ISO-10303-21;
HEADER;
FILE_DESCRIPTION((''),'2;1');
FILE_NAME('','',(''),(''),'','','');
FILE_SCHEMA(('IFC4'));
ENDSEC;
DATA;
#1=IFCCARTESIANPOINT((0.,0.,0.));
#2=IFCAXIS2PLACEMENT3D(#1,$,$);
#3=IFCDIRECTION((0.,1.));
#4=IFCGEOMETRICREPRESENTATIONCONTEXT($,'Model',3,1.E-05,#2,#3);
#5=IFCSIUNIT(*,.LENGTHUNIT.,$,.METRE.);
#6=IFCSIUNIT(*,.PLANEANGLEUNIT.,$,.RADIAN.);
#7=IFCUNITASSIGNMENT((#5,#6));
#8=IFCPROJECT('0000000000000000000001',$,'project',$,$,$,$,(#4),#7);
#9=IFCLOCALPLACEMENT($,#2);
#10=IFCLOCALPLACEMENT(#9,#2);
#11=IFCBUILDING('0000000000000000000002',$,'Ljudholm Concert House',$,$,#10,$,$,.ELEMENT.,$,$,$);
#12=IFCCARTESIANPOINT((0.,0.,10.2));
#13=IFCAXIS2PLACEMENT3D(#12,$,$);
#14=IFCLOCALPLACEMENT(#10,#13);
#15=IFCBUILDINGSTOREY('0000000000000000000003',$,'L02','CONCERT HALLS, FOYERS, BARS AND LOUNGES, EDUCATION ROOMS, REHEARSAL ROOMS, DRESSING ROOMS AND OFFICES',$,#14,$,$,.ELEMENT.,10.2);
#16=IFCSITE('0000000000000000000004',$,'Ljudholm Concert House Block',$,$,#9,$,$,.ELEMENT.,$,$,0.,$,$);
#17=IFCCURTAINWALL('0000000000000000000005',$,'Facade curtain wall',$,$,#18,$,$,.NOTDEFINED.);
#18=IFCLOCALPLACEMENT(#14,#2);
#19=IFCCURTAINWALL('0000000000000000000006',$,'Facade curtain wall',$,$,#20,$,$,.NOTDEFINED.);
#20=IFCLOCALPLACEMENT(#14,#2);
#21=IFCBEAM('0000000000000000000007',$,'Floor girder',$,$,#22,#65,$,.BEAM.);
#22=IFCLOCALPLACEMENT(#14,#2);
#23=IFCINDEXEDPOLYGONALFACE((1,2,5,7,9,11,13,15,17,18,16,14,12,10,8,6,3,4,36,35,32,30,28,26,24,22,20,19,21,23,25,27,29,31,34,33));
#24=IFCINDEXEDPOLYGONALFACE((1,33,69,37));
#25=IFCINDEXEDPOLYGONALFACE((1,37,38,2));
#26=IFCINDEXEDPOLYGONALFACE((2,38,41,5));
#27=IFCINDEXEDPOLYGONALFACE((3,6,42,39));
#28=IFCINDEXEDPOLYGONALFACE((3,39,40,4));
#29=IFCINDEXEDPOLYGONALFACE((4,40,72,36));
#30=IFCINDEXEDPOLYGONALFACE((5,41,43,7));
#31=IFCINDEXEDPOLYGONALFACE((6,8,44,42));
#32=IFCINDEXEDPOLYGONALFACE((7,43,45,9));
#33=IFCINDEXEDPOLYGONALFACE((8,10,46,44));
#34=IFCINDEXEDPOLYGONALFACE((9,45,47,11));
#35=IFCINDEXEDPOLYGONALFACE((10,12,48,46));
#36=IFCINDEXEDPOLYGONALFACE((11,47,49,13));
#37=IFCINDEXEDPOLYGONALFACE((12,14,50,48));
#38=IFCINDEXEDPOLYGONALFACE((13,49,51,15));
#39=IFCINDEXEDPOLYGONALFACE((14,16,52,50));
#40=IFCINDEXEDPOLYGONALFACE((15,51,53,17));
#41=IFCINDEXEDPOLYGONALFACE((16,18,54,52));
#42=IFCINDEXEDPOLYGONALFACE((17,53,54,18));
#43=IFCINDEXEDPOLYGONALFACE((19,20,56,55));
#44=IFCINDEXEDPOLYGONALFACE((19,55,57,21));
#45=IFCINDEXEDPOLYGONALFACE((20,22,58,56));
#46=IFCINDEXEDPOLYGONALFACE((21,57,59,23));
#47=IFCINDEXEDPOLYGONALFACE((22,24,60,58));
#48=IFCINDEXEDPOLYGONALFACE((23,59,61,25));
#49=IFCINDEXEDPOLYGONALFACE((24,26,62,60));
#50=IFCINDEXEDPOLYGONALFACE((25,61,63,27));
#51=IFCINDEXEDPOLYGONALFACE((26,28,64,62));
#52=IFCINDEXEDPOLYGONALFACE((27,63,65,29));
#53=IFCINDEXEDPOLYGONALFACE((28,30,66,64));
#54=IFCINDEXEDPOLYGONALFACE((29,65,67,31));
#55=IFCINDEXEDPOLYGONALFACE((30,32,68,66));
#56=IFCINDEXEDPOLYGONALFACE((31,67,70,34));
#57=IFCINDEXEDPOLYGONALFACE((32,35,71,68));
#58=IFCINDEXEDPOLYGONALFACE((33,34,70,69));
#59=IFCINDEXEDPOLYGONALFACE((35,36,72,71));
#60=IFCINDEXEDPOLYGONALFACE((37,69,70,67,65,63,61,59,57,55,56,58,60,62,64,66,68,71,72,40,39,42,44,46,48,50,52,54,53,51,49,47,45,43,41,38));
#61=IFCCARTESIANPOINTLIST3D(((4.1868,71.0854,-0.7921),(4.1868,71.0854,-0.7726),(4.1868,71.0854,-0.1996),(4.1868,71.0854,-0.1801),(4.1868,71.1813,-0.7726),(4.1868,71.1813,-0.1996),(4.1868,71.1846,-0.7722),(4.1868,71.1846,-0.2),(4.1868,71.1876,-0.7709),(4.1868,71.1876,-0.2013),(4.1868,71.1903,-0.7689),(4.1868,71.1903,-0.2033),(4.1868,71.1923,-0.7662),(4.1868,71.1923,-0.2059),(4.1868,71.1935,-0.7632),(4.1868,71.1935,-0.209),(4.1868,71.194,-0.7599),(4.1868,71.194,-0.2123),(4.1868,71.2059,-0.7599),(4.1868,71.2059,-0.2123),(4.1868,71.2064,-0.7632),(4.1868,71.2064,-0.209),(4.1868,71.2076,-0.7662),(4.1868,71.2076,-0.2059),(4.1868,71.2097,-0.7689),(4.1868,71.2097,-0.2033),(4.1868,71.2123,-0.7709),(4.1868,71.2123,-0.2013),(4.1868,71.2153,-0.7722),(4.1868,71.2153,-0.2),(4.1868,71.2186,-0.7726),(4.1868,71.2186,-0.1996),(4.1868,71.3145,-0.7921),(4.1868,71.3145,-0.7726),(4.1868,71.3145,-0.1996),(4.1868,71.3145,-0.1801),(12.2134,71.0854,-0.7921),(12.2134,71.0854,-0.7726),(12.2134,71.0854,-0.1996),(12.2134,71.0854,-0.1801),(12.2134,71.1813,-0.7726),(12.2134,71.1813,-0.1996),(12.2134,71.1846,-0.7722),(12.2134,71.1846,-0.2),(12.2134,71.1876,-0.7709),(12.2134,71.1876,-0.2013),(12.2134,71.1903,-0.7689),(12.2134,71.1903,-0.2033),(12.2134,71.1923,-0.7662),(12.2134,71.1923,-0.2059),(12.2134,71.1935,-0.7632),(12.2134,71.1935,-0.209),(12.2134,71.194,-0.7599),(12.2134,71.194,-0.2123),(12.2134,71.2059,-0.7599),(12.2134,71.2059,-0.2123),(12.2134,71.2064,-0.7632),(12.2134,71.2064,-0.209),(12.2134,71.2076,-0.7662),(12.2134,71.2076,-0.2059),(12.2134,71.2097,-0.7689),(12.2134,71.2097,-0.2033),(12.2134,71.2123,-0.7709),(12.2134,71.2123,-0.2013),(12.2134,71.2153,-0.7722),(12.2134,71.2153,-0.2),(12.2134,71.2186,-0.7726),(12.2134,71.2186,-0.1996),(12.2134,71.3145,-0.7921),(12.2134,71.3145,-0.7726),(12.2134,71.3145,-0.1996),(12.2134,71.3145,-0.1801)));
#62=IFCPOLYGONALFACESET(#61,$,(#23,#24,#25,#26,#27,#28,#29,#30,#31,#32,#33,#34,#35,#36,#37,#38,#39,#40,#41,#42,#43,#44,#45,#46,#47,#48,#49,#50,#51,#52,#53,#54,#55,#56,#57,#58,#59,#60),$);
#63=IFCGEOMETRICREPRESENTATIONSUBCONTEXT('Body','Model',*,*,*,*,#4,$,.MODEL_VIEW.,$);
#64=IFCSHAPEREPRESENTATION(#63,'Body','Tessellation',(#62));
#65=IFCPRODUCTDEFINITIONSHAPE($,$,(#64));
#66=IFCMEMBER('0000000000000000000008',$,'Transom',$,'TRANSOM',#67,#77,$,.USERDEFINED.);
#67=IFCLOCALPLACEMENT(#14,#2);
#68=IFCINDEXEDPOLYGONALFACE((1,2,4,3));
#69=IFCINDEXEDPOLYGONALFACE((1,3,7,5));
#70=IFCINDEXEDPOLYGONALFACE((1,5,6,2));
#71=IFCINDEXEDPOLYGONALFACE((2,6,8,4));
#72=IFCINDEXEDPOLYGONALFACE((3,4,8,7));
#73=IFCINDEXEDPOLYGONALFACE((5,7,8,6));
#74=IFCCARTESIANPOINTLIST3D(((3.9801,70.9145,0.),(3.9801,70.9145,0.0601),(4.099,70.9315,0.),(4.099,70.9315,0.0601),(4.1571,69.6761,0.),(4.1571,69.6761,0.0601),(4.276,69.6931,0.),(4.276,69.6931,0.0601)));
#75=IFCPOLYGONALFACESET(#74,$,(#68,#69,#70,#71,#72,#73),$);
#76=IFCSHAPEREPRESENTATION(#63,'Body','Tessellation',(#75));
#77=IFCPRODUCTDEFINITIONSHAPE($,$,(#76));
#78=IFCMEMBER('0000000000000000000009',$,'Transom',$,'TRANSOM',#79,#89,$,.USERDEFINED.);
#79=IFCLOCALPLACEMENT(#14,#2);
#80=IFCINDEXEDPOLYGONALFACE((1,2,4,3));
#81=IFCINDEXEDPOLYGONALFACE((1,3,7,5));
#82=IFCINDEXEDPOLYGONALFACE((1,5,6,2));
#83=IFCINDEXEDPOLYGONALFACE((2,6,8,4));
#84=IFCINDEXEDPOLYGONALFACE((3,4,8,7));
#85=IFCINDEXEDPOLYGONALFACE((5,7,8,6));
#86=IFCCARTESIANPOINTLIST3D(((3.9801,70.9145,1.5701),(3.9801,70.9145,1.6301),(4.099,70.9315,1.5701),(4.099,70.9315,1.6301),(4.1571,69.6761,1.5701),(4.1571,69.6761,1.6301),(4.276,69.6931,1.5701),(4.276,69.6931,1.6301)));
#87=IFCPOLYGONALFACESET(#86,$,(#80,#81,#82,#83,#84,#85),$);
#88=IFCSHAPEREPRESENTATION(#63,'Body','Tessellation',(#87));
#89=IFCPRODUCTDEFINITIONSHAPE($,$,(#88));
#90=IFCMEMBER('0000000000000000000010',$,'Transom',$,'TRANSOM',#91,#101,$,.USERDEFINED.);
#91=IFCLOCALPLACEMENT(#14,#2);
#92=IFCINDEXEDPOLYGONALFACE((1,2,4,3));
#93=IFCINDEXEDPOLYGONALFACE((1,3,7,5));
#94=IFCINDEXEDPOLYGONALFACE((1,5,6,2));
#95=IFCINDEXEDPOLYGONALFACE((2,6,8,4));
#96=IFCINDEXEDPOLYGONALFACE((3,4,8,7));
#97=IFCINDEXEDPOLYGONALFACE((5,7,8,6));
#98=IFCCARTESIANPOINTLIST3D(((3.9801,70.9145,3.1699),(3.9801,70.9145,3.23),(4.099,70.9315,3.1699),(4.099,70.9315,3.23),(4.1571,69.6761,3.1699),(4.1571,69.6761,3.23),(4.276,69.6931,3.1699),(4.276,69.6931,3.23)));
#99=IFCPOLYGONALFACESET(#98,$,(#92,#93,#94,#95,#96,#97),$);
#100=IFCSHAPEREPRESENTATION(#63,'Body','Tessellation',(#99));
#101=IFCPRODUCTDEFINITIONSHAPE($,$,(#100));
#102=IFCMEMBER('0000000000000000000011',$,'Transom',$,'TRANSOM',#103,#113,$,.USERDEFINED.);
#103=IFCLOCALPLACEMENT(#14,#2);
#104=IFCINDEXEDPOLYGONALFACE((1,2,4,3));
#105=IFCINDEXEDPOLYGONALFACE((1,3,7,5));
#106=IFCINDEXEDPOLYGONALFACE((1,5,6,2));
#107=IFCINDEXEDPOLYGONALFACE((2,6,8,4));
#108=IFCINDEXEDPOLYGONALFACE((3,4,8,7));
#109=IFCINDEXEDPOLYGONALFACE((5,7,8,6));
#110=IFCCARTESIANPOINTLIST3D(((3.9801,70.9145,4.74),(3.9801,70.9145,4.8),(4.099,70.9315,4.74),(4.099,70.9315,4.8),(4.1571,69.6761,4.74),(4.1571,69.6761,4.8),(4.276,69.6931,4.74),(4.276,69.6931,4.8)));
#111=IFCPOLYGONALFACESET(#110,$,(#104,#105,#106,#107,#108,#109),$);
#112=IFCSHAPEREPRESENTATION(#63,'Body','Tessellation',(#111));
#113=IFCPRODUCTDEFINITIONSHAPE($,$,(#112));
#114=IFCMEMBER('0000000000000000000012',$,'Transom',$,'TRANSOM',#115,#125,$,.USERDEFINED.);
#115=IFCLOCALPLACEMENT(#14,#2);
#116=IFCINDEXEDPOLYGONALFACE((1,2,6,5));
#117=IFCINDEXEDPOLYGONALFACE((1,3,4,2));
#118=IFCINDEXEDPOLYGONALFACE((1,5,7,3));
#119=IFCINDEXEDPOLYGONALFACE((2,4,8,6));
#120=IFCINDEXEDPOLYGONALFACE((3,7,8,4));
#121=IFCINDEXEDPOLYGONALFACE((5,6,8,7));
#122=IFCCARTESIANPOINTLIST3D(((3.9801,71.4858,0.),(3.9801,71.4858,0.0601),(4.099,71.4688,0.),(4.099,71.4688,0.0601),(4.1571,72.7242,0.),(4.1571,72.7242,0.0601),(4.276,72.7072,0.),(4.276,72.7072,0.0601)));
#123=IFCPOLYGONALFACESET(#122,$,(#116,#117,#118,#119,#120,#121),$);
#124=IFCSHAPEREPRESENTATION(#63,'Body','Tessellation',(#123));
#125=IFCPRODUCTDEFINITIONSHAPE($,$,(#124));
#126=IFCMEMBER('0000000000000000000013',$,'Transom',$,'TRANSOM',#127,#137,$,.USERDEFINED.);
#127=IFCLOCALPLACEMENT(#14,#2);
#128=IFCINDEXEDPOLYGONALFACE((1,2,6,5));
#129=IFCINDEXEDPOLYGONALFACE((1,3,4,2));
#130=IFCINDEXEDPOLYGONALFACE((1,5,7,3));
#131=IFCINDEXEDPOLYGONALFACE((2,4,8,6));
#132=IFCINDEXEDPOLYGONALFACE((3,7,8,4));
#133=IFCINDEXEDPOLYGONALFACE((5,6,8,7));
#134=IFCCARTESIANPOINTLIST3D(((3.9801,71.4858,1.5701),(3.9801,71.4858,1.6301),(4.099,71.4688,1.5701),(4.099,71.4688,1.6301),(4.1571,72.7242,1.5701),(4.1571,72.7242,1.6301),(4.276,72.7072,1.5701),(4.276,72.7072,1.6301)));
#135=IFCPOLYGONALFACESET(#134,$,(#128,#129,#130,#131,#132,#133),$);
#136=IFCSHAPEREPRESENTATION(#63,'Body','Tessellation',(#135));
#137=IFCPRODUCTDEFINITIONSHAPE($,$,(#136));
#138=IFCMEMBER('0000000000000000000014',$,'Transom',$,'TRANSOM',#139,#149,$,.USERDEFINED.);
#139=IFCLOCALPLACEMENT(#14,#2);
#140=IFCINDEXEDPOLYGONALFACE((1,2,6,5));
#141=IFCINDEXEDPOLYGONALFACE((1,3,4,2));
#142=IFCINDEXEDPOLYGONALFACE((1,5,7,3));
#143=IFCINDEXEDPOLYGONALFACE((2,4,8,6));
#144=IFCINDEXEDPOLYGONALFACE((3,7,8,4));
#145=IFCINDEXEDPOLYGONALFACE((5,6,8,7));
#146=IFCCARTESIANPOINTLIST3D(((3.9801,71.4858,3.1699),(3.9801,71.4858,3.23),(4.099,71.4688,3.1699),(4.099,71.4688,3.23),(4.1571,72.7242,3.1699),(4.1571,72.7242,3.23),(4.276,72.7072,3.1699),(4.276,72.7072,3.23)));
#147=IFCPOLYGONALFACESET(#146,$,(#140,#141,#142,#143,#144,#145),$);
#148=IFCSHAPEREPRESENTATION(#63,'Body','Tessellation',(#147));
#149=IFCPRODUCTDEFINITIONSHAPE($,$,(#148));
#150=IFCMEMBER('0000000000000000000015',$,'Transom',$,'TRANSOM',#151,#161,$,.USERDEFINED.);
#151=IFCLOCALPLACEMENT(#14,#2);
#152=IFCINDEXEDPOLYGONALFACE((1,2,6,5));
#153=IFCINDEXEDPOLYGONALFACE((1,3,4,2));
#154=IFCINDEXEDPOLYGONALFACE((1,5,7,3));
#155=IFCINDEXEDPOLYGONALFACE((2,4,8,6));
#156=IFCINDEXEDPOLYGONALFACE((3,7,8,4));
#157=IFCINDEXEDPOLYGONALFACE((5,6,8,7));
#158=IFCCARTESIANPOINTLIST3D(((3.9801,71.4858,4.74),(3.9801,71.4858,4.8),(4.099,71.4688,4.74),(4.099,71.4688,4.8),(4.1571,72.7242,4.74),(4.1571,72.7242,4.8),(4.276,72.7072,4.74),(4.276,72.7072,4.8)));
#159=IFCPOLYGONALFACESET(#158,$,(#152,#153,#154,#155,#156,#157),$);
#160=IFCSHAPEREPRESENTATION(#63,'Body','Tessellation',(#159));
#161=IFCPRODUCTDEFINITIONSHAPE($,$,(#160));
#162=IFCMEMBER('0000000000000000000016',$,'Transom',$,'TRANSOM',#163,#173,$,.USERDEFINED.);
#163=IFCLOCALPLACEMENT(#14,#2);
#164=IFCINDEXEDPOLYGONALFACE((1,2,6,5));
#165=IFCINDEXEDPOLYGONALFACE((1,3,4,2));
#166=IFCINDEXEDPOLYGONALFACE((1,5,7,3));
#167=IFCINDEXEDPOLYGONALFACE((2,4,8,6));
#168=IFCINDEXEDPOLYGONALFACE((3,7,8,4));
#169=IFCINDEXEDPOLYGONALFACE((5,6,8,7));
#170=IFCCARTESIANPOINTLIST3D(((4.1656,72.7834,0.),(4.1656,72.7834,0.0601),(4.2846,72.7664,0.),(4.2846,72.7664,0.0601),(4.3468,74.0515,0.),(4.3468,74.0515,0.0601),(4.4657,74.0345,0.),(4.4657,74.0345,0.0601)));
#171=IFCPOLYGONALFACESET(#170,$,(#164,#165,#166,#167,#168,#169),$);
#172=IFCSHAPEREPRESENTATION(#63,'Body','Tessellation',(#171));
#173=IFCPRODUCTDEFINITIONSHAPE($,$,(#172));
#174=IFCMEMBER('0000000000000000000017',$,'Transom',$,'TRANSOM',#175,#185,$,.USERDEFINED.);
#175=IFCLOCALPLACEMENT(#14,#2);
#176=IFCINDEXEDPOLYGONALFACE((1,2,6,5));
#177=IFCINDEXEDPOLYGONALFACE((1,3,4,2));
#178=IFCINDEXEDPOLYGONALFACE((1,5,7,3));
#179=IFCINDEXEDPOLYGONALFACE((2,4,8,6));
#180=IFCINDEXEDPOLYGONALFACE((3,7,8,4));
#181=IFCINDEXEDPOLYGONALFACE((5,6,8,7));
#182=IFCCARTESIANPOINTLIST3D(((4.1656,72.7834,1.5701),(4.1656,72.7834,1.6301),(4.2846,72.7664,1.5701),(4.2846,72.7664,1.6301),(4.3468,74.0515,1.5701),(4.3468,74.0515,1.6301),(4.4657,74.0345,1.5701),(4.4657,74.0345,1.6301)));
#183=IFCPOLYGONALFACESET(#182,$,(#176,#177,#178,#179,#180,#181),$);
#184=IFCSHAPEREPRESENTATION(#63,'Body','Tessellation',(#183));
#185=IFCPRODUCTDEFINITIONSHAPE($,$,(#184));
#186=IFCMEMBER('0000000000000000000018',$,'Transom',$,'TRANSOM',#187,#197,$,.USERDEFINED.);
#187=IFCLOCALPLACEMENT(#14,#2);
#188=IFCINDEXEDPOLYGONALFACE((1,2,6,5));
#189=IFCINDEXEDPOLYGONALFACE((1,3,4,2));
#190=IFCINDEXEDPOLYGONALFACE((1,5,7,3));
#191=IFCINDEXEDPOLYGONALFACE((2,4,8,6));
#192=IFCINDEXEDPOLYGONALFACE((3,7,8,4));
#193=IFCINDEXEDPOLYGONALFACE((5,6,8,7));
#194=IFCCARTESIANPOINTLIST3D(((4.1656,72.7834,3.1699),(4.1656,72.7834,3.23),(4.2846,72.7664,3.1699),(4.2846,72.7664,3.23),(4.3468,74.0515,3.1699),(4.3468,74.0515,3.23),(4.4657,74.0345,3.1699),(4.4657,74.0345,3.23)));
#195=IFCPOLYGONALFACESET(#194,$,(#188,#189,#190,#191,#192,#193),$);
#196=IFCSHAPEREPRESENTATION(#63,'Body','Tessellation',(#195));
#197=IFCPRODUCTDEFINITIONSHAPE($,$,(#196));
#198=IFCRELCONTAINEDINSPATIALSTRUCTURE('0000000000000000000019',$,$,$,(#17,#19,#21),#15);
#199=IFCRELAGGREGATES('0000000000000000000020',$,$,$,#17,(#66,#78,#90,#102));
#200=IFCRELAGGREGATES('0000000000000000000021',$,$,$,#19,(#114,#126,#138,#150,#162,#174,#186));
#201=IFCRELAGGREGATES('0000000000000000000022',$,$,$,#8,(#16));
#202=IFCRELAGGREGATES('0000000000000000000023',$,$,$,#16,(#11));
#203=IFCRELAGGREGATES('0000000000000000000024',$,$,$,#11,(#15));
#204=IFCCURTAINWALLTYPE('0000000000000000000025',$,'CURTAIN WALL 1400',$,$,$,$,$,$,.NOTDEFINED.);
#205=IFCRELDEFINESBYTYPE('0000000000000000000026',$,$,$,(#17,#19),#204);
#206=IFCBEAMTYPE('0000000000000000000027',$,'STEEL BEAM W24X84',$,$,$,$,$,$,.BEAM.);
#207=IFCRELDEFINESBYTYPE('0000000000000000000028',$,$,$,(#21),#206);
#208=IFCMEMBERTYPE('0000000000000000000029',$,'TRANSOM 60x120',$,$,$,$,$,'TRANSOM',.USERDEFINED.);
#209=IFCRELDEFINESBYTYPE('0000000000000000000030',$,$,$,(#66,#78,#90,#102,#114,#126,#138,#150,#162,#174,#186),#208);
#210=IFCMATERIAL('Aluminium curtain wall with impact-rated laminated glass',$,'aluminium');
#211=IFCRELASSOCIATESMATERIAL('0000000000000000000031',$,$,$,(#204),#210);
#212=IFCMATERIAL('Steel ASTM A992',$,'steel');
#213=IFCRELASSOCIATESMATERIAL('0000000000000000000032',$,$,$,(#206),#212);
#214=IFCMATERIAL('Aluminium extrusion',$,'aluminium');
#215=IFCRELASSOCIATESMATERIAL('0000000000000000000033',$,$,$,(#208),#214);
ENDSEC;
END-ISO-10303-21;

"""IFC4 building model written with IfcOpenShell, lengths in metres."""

from ifc_helpers import new_model, si_unit, direction, frame, origin, origin_2d, place, context, subcontext, project, spatial, rectangle, i_section, extrude, material, material_profile, profile_set, type_object, element, aggregate, save


model = new_model("IFC4")

# Units and contexts
model_context = context("Model", 3, precision=1e-05, world=origin(), true_north=direction((0.0, 1.0)))
body_context = subcontext(model_context, "Body", "Model", "MODEL_VIEW")
ifc_project = project(units=[si_unit("LENGTHUNIT", "METRE"), si_unit("PLANEANGLEUNIT", "RADIAN")], contexts=[model_context])

# Site, building, storey
site_placement = place(None, origin())
site = spatial("IfcSite", under=ifc_project, at=site_placement, Name="Ljudholm Concert House Block", CompositionType="ELEMENT", RefElevation=0.0)
building_placement = place(site_placement, origin())
building = spatial("IfcBuilding", under=site, at=building_placement, Name="Ljudholm Concert House", CompositionType="ELEMENT")
storey_placement = place(building_placement, frame((0.0, 0.0, 10.2)))
storey = spatial("IfcBuildingStorey", under=building, at=storey_placement, Name="L02", Description="CONCERT HALLS, FOYERS, BARS AND LOUNGES, EDUCATION ROOMS, REHEARSAL ROOMS, DRESSING ROOMS AND OFFICES", CompositionType="ELEMENT", Elevation=10.2)

# Curtain walls
ifc_material_1 = material(Name="Aluminium curtain wall with impact-rated laminated glass", Category="aluminium")
curtain_wall_type = type_object("IfcCurtainWallType", Name="CURTAIN WALL 1400", PredefinedType="NOTDEFINED", material=ifc_material_1)
curtain_wall_1_placement = place(storey_placement, origin())
curtain_wall_1 = element("IfcCurtainWall", 1, at=curtain_wall_1_placement, inside=storey, type_object=curtain_wall_type, Name="Facade curtain wall", PredefinedType="NOTDEFINED")
curtain_wall_2_placement = place(storey_placement, origin())
curtain_wall_2 = element("IfcCurtainWall", 2, at=curtain_wall_2_placement, inside=storey, type_object=curtain_wall_type, Name="Facade curtain wall", PredefinedType="NOTDEFINED")

# Beam
ifc_material_2 = material(Name="Steel ASTM A992", Category="steel")
ifc_material_profile_1 = material_profile(ifc_material_2, i_section(OverallWidth=0.229, OverallDepth=0.6121, WebThickness=0.012, FlangeThickness=0.0195, FilletRadius=0.0127, at=origin_2d()), Name="W24X84")
ifc_profile_set_1 = profile_set([ifc_material_profile_1], Name="Steel ASTM A992")
beam_type_1 = type_object("IfcBeamType", Name="STEEL BEAM W24X84", PredefinedType="BEAM", material=ifc_profile_set_1)
beam_1_placement = place(storey_placement, frame((4.1868, 71.2, -0.4861), z_axis=(1.0, 0.0, 0.0), x_axis=(0.0, 1.0, 0.0)))
element("IfcBeam", 3, at=beam_1_placement, inside=storey, type_object=beam_type_1, Name="Floor girder", PredefinedType="BEAM", context=body_context, shape_type="SweptSolid", body=[
    extrude(i_section(OverallWidth=0.229, OverallDepth=0.6121, WebThickness=0.012, FlangeThickness=0.0195, FilletRadius=0.0127, at=origin_2d()), origin(), (0.0, 0.0, 1.0), 8.0266),
])

# Members
ifc_material_3 = material(Name="Aluminium extrusion", Category="aluminium")
ifc_material_profile_2 = material_profile(ifc_material_3, rectangle(XDim=0.1201, YDim=0.0601, at=origin_2d()), Name="TRANSOM 60x120")
ifc_profile_set_2 = profile_set([ifc_material_profile_2], Name="Aluminium extrusion")
member_type_1 = type_object("IfcMemberType", Name="TRANSOM 60x120", ElementType="TRANSOM", PredefinedType="USERDEFINED", material=ifc_profile_set_2)
member_1_placement = place(storey_placement, frame((4.2166, 69.6846, 0.03), z_axis=(-0.141503, 0.989938, 0.0), x_axis=(-0.989938, -0.141503, 0.0)))
member_1 = element("IfcMember", 4, at=member_1_placement, type_object=member_type_1, Name="Transom", ObjectType="TRANSOM", PredefinedType="USERDEFINED", context=body_context, shape_type="SweptSolid", body=[
    extrude(rectangle(XDim=0.1201, YDim=0.0601, at=origin_2d()), origin(), (0.0, 0.0, 1.0), 1.251),
])
member_2_placement = place(storey_placement, frame((4.2166, 69.6846, 1.6001), z_axis=(-0.141503, 0.989938, 0.0), x_axis=(-0.989938, -0.141503, 0.0)))
member_2 = element("IfcMember", 5, at=member_2_placement, type_object=member_type_1, Name="Transom", ObjectType="TRANSOM", PredefinedType="USERDEFINED", context=body_context, shape_type="SweptSolid", body=[
    extrude(rectangle(XDim=0.1201, YDim=0.0601, at=origin_2d()), origin(), (0.0, 0.0, 1.0), 1.251),
])
member_3_placement = place(storey_placement, frame((4.2166, 69.6846, 3.2), z_axis=(-0.141503, 0.989938, 0.0), x_axis=(-0.989938, -0.141503, 0.0)))
member_3 = element("IfcMember", 6, at=member_3_placement, type_object=member_type_1, Name="Transom", ObjectType="TRANSOM", PredefinedType="USERDEFINED", context=body_context, shape_type="SweptSolid", body=[
    extrude(rectangle(XDim=0.1201, YDim=0.0601, at=origin_2d()), origin(), (0.0, 0.0, 1.0), 1.251),
])
member_4_placement = place(storey_placement, frame((4.2166, 69.6846, 4.77), z_axis=(-0.141503, 0.989938, 0.0), x_axis=(-0.989938, -0.141503, 0.0)))
member_4 = element("IfcMember", 7, at=member_4_placement, type_object=member_type_1, Name="Transom", ObjectType="TRANSOM", PredefinedType="USERDEFINED", context=body_context, shape_type="SweptSolid", body=[
    extrude(rectangle(XDim=0.1201, YDim=0.0601, at=origin_2d()), origin(), (0.0, 0.0, 1.0), 1.251),
])
member_5_placement = place(storey_placement, frame((4.0396, 71.4773, 0.03), z_axis=(0.141503, 0.989938, 0.0), x_axis=(-0.989938, 0.141503, 0.0)))
member_5 = element("IfcMember", 8, at=member_5_placement, type_object=member_type_1, Name="Transom", ObjectType="TRANSOM", PredefinedType="USERDEFINED", context=body_context, shape_type="SweptSolid", body=[
    extrude(rectangle(XDim=0.1201, YDim=0.0601, at=origin_2d()), origin(), (0.0, 0.0, 1.0), 1.251),
])
member_6_placement = place(storey_placement, frame((4.0396, 71.4773, 1.6001), z_axis=(0.141503, 0.989938, 0.0), x_axis=(-0.989938, 0.141503, 0.0)))
member_6 = element("IfcMember", 9, at=member_6_placement, type_object=member_type_1, Name="Transom", ObjectType="TRANSOM", PredefinedType="USERDEFINED", context=body_context, shape_type="SweptSolid", body=[
    extrude(rectangle(XDim=0.1201, YDim=0.0601, at=origin_2d()), origin(), (0.0, 0.0, 1.0), 1.251),
])
member_7_placement = place(storey_placement, frame((4.0396, 71.4773, 3.2), z_axis=(0.141503, 0.989938, 0.0), x_axis=(-0.989938, 0.141503, 0.0)))
member_7 = element("IfcMember", 10, at=member_7_placement, type_object=member_type_1, Name="Transom", ObjectType="TRANSOM", PredefinedType="USERDEFINED", context=body_context, shape_type="SweptSolid", body=[
    extrude(rectangle(XDim=0.1201, YDim=0.0601, at=origin_2d()), origin(), (0.0, 0.0, 1.0), 1.251),
])
member_8_placement = place(storey_placement, frame((4.0396, 71.4773, 4.77), z_axis=(0.141503, 0.989938, 0.0), x_axis=(-0.989938, 0.141503, 0.0)))
member_8 = element("IfcMember", 11, at=member_8_placement, type_object=member_type_1, Name="Transom", ObjectType="TRANSOM", PredefinedType="USERDEFINED", context=body_context, shape_type="SweptSolid", body=[
    extrude(rectangle(XDim=0.1201, YDim=0.0601, at=origin_2d()), origin(), (0.0, 0.0, 1.0), 1.251),
])
member_9_placement = place(storey_placement, frame((4.2251, 72.7749, 0.03), z_axis=(0.141421, 0.989949, 0.0), x_axis=(-0.989949, 0.141421, 0.0)))
member_9 = element("IfcMember", 12, at=member_9_placement, type_object=member_type_1, Name="Transom", ObjectType="TRANSOM", PredefinedType="USERDEFINED", context=body_context, shape_type="SweptSolid", body=[
    extrude(rectangle(XDim=0.1201, YDim=0.0601, at=origin_2d()), origin(), (0.0, 0.0, 1.0), 1.281),
])
member_10_placement = place(storey_placement, frame((4.2251, 72.7749, 1.6001), z_axis=(0.141421, 0.989949, 0.0), x_axis=(-0.989949, 0.141421, 0.0)))
member_10 = element("IfcMember", 13, at=member_10_placement, type_object=member_type_1, Name="Transom", ObjectType="TRANSOM", PredefinedType="USERDEFINED", context=body_context, shape_type="SweptSolid", body=[
    extrude(rectangle(XDim=0.1201, YDim=0.0601, at=origin_2d()), origin(), (0.0, 0.0, 1.0), 1.281),
])
member_11_placement = place(storey_placement, frame((4.2251, 72.7749, 3.2), z_axis=(0.141421, 0.989949, 0.0), x_axis=(-0.989949, 0.141421, 0.0)))
member_11 = element("IfcMember", 14, at=member_11_placement, type_object=member_type_1, Name="Transom", ObjectType="TRANSOM", PredefinedType="USERDEFINED", context=body_context, shape_type="SweptSolid", body=[
    extrude(rectangle(XDim=0.1201, YDim=0.0601, at=origin_2d()), origin(), (0.0, 0.0, 1.0), 1.281),
])

aggregate(curtain_wall_1, [member_1, member_2, member_3, member_4])
aggregate(curtain_wall_2, [member_5, member_6, member_7, member_8, member_9, member_10, member_11])

save(model, "model.ifc")
